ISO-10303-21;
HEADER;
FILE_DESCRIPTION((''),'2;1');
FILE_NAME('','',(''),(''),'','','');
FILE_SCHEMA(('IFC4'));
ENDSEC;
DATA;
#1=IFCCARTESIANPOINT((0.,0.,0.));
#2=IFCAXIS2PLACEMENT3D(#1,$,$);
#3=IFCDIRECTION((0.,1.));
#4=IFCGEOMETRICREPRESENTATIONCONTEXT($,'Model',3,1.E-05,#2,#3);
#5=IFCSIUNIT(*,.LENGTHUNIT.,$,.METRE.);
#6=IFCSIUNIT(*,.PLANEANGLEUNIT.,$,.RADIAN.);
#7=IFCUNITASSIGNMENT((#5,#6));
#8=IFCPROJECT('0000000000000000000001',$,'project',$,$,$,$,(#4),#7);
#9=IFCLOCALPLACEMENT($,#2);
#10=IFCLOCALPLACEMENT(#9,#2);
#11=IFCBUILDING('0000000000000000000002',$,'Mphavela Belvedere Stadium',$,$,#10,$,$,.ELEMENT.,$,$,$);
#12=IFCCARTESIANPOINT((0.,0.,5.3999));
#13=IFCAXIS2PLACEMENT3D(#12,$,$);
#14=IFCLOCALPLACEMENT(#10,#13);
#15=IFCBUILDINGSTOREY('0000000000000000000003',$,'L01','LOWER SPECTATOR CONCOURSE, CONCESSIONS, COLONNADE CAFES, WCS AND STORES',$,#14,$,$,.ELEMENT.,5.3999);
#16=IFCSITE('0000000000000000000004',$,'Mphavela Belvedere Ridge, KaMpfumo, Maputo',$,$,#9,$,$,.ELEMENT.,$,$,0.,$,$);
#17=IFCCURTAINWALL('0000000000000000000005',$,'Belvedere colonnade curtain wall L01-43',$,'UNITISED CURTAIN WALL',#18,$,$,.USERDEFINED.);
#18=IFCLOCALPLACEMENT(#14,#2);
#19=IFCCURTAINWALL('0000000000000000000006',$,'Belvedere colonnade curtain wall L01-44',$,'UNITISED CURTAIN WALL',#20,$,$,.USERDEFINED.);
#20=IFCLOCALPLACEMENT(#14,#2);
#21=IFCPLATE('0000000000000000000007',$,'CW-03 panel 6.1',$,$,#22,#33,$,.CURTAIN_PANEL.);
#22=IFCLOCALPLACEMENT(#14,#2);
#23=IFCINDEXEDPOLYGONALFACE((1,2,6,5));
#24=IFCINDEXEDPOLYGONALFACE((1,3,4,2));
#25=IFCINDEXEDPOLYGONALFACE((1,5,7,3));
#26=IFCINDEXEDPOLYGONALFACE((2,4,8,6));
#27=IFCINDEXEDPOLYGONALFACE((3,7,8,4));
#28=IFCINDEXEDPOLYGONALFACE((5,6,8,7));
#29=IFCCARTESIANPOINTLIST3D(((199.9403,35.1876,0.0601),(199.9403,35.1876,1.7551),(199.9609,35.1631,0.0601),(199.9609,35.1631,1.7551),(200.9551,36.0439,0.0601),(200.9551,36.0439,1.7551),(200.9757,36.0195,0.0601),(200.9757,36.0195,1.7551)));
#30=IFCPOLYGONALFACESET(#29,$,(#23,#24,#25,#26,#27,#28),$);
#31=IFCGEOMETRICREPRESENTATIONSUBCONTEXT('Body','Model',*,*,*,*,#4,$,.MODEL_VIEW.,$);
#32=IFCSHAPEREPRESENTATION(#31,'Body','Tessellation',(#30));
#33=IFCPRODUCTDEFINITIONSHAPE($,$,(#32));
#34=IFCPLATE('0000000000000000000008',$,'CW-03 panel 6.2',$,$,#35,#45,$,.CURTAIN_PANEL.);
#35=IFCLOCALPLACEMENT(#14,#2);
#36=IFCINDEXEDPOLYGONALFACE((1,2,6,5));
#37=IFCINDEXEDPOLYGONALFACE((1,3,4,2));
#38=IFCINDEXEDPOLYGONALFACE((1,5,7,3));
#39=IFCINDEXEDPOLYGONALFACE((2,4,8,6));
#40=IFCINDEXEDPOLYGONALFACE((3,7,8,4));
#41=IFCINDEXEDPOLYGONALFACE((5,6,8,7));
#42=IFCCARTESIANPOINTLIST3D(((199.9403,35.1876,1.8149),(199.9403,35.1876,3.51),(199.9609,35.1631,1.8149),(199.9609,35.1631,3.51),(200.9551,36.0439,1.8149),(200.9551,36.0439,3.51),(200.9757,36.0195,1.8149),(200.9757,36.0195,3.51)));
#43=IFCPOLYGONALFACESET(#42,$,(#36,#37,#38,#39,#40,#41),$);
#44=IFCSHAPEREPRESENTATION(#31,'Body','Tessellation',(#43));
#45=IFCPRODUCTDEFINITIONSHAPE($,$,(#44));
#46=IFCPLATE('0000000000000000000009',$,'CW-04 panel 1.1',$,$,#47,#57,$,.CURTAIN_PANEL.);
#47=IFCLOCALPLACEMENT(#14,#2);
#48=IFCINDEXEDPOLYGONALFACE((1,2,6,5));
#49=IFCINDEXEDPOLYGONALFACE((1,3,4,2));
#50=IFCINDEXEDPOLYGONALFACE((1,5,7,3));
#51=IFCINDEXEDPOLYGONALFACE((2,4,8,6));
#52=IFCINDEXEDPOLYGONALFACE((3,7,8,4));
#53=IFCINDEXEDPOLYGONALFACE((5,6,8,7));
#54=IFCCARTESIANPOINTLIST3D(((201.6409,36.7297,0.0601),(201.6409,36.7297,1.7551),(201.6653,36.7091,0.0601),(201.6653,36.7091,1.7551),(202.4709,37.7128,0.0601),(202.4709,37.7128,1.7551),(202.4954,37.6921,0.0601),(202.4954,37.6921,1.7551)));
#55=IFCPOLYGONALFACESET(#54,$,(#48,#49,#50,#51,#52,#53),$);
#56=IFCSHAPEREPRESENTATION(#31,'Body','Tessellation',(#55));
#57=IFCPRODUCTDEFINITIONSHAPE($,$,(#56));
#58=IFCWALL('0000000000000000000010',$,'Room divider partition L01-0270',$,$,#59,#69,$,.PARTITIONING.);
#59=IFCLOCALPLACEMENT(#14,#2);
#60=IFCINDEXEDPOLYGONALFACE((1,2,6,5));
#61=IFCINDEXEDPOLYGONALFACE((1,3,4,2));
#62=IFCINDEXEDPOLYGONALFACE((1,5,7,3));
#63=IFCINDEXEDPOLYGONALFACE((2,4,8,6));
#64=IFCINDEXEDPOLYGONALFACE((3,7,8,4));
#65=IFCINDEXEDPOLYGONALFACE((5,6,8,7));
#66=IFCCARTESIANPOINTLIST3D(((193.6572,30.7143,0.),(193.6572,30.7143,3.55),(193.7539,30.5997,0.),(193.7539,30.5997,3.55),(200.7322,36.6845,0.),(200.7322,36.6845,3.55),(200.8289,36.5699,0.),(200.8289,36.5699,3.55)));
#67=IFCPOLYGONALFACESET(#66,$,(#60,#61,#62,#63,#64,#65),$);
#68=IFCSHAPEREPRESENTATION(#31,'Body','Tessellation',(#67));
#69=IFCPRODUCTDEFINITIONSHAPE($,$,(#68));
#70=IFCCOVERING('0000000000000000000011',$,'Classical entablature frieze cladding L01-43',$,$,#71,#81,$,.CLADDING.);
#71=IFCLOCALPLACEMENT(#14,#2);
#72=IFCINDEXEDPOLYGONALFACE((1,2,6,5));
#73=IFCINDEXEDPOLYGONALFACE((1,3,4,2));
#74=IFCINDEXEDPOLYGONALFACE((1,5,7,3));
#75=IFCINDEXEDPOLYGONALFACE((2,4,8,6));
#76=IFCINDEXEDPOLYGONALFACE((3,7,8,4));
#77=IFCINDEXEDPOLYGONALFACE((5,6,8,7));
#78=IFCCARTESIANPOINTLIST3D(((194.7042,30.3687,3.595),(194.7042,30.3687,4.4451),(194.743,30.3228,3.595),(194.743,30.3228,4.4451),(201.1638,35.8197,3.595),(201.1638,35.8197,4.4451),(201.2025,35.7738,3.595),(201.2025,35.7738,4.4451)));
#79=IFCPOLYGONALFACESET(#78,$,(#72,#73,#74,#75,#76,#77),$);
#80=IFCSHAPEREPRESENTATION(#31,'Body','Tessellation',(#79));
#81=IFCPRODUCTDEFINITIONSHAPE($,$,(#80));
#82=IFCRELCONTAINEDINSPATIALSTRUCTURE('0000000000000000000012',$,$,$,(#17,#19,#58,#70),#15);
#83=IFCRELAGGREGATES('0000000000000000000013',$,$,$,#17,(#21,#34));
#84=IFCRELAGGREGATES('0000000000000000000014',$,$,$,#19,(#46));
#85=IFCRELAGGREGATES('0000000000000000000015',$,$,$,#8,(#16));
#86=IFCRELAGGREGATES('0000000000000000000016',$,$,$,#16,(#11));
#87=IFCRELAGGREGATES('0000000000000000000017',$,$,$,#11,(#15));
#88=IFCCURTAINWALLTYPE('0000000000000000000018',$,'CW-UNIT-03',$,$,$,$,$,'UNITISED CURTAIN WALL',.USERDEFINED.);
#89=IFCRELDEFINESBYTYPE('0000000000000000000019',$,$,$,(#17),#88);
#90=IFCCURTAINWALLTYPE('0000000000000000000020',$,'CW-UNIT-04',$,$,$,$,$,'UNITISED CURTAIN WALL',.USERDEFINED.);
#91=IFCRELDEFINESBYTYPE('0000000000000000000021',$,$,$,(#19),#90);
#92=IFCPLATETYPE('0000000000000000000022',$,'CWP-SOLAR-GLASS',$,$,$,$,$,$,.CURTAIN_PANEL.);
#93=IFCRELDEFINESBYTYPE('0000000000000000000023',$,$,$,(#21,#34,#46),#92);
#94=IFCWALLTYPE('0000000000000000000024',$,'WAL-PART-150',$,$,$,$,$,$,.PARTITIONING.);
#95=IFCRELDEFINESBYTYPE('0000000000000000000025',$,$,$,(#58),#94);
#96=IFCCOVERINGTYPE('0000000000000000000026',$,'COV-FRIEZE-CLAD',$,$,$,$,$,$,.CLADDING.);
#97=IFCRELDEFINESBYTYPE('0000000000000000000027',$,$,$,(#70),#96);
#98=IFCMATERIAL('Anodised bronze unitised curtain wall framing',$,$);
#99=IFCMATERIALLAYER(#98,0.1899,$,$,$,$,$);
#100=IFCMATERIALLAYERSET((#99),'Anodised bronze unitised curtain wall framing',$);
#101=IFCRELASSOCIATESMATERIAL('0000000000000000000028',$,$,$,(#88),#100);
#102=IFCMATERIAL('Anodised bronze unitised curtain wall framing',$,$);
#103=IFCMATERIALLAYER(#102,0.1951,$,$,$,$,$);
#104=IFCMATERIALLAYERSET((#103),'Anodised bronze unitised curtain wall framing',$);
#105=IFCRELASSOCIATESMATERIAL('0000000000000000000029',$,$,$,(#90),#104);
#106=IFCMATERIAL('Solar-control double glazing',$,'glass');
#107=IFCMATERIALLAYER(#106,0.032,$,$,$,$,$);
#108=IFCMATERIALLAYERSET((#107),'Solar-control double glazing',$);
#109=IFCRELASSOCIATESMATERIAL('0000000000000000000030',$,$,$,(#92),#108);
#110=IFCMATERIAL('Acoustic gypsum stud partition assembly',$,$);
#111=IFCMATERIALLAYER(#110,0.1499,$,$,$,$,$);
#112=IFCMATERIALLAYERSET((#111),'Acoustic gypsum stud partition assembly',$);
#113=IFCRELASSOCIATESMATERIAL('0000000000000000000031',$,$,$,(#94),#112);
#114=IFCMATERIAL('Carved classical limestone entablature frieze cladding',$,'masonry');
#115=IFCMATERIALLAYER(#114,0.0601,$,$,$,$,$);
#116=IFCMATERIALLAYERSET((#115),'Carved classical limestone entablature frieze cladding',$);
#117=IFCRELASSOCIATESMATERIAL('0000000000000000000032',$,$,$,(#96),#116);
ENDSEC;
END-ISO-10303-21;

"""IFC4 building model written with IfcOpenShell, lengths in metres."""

from ifc_helpers import new_model, si_unit, direction, frame, frame_2d, origin, origin_2d, place, context, subcontext, project, spatial, rectangle, extrude, material, layer, layer_set, type_object, element, aggregate, save


model = new_model("IFC4")

# Units and contexts
model_context = context("Model", 3, precision=1e-05, world=origin(), true_north=direction((0.0, 1.0)))
body_context = subcontext(model_context, "Body", "Model", "MODEL_VIEW")
ifc_project = project(units=[si_unit("LENGTHUNIT", "METRE"), si_unit("PLANEANGLEUNIT", "RADIAN")], contexts=[model_context])

# Site, building, storey
site_placement = place(None, origin())
site = spatial("IfcSite", under=ifc_project, at=site_placement, Name="Mphavela Belvedere Ridge, KaMpfumo, Maputo", CompositionType="ELEMENT", RefElevation=0.0)
building_placement = place(site_placement, origin())
building = spatial("IfcBuilding", under=site, at=building_placement, Name="Mphavela Belvedere Stadium", CompositionType="ELEMENT")
storey_placement = place(building_placement, frame((0.0, 0.0, 5.3999)))
storey = spatial("IfcBuildingStorey", under=building, at=storey_placement, Name="L01", Description="LOWER SPECTATOR CONCOURSE, CONCESSIONS, COLONNADE CAFES, WCS AND STORES", CompositionType="ELEMENT", Elevation=5.3999)

# Curtain wall
ifc_material_1 = material(Name="Anodised bronze unitised curtain wall framing")
ifc_layer_1 = layer(ifc_material_1, 0.1899)
ifc_layer_set_1 = layer_set([ifc_layer_1], Name="Anodised bronze unitised curtain wall framing")
curtain_wall_type_1 = type_object("IfcCurtainWallType", Name="CW-UNIT-03", ElementType="UNITISED CURTAIN WALL", PredefinedType="USERDEFINED", material=ifc_layer_set_1)
curtain_wall_1_placement = place(storey_placement, origin())
curtain_wall_1 = element("IfcCurtainWall", 1, at=curtain_wall_1_placement, inside=storey, type_object=curtain_wall_type_1, Name="Belvedere colonnade curtain wall L01-43", ObjectType="UNITISED CURTAIN WALL", PredefinedType="USERDEFINED")

# Curtain wall
ifc_material_2 = material(Name="Anodised bronze unitised curtain wall framing")
ifc_layer_2 = layer(ifc_material_2, 0.1951)
ifc_layer_set_2 = layer_set([ifc_layer_2], Name="Anodised bronze unitised curtain wall framing")
curtain_wall_type_2 = type_object("IfcCurtainWallType", Name="CW-UNIT-04", ElementType="UNITISED CURTAIN WALL", PredefinedType="USERDEFINED", material=ifc_layer_set_2)
curtain_wall_2_placement = place(storey_placement, origin())
curtain_wall_2 = element("IfcCurtainWall", 2, at=curtain_wall_2_placement, inside=storey, type_object=curtain_wall_type_2, Name="Belvedere colonnade curtain wall L01-44", ObjectType="UNITISED CURTAIN WALL", PredefinedType="USERDEFINED")

# Plates
ifc_material_3 = material(Name="Solar-control double glazing", Category="glass")
ifc_layer_3 = layer(ifc_material_3, 0.032)
ifc_layer_set_3 = layer_set([ifc_layer_3], Name="Solar-control double glazing")
plate_type = type_object("IfcPlateType", Name="CWP-SOLAR-GLASS", PredefinedType="CURTAIN_PANEL", material=ifc_layer_set_3)
plate_1_placement = place(storey_placement, frame((200.458, 35.6035, 0.0601), z_axis=(0.0, 0.0, 1.0), x_axis=(0.764259, 0.64491, 0.0)))
plate_1 = element("IfcPlate", 3, at=plate_1_placement, type_object=plate_type, Name="CW-03 panel 6.1", PredefinedType="CURTAIN_PANEL", context=body_context, shape_type="SweptSolid", body=[
    extrude(rectangle(XDim=1.3279, YDim=0.032, at=origin_2d()), origin(), (0.0, 0.0, 1.0), 1.6951),
])
plate_2_placement = place(storey_placement, frame((200.458, 35.6035, 1.8149), z_axis=(0.0, 0.0, 1.0), x_axis=(0.764259, 0.64491, 0.0)))
plate_2 = element("IfcPlate", 4, at=plate_2_placement, type_object=plate_type, Name="CW-03 panel 6.2", PredefinedType="CURTAIN_PANEL", context=body_context, shape_type="SweptSolid", body=[
    extrude(rectangle(XDim=1.3279, YDim=0.032, at=origin_2d()), origin(), (0.0, 0.0, 1.0), 1.6951),
])
aggregate(curtain_wall_1, [plate_1, plate_2])
plate_3_placement = place(storey_placement, frame((202.0681, 37.2109, 0.0601), z_axis=(0.0, 0.0, 1.0), x_axis=(0.645173, 0.764036, 0.0)))
plate_3 = element("IfcPlate", 5, at=plate_3_placement, type_object=plate_type, Name="CW-04 panel 1.1", PredefinedType="CURTAIN_PANEL", context=body_context, shape_type="SweptSolid", body=[
    extrude(rectangle(XDim=1.2866, YDim=0.032, at=origin_2d()), origin(), (0.0, 0.0, 1.0), 1.6951),
])
aggregate(curtain_wall_2, [plate_3])

# Wall
ifc_material_4 = material(Name="Acoustic gypsum stud partition assembly")
ifc_layer_4 = layer(ifc_material_4, 0.1499)
ifc_layer_set_4 = layer_set([ifc_layer_4], Name="Acoustic gypsum stud partition assembly")
wall_type = type_object("IfcWallType", Name="WAL-PART-150", PredefinedType="PARTITIONING", material=ifc_layer_set_4)
wall_placement = place(storey_placement, frame((200.7805, 36.6272, 0.0), z_axis=(0.0, 0.0, 1.0), x_axis=(-0.764253, -0.644917, 0.0)))
element("IfcWall", 6, at=wall_placement, inside=storey, type_object=wall_type, Name="Room divider partition L01-0270", PredefinedType="PARTITIONING", context=body_context, shape_type="SweptSolid", body=[
    extrude(rectangle(XDim=9.2573, YDim=0.1499, at=frame_2d((4.6287, 0.0))), origin(), (0.0, 0.0, 1.0), 3.55),
])

# Covering
ifc_material_5 = material(Name="Carved classical limestone entablature frieze cladding", Category="masonry")
ifc_layer_5 = layer(ifc_material_5, 0.0601)
ifc_layer_set_5 = layer_set([ifc_layer_5], Name="Carved classical limestone entablature frieze cladding")
covering_type = type_object("IfcCoveringType", Name="COV-FRIEZE-CLAD", PredefinedType="CLADDING", material=ifc_layer_set_5)
covering_placement = place(storey_placement, frame((197.9534, 33.0713, 3.595), z_axis=(0.0, 0.0, 1.0), x_axis=(0.764246, 0.644924, 0.0)))
element("IfcCovering", 7, at=covering_placement, inside=storey, type_object=covering_type, Name="Classical entablature frieze cladding L01-43", PredefinedType="CLADDING", context=body_context, shape_type="SweptSolid", body=[
    extrude(rectangle(XDim=8.4521, YDim=0.0601, at=origin_2d()), origin(), (0.0, 0.0, 1.0), 0.8501),
])

save(model, "model.ifc")
